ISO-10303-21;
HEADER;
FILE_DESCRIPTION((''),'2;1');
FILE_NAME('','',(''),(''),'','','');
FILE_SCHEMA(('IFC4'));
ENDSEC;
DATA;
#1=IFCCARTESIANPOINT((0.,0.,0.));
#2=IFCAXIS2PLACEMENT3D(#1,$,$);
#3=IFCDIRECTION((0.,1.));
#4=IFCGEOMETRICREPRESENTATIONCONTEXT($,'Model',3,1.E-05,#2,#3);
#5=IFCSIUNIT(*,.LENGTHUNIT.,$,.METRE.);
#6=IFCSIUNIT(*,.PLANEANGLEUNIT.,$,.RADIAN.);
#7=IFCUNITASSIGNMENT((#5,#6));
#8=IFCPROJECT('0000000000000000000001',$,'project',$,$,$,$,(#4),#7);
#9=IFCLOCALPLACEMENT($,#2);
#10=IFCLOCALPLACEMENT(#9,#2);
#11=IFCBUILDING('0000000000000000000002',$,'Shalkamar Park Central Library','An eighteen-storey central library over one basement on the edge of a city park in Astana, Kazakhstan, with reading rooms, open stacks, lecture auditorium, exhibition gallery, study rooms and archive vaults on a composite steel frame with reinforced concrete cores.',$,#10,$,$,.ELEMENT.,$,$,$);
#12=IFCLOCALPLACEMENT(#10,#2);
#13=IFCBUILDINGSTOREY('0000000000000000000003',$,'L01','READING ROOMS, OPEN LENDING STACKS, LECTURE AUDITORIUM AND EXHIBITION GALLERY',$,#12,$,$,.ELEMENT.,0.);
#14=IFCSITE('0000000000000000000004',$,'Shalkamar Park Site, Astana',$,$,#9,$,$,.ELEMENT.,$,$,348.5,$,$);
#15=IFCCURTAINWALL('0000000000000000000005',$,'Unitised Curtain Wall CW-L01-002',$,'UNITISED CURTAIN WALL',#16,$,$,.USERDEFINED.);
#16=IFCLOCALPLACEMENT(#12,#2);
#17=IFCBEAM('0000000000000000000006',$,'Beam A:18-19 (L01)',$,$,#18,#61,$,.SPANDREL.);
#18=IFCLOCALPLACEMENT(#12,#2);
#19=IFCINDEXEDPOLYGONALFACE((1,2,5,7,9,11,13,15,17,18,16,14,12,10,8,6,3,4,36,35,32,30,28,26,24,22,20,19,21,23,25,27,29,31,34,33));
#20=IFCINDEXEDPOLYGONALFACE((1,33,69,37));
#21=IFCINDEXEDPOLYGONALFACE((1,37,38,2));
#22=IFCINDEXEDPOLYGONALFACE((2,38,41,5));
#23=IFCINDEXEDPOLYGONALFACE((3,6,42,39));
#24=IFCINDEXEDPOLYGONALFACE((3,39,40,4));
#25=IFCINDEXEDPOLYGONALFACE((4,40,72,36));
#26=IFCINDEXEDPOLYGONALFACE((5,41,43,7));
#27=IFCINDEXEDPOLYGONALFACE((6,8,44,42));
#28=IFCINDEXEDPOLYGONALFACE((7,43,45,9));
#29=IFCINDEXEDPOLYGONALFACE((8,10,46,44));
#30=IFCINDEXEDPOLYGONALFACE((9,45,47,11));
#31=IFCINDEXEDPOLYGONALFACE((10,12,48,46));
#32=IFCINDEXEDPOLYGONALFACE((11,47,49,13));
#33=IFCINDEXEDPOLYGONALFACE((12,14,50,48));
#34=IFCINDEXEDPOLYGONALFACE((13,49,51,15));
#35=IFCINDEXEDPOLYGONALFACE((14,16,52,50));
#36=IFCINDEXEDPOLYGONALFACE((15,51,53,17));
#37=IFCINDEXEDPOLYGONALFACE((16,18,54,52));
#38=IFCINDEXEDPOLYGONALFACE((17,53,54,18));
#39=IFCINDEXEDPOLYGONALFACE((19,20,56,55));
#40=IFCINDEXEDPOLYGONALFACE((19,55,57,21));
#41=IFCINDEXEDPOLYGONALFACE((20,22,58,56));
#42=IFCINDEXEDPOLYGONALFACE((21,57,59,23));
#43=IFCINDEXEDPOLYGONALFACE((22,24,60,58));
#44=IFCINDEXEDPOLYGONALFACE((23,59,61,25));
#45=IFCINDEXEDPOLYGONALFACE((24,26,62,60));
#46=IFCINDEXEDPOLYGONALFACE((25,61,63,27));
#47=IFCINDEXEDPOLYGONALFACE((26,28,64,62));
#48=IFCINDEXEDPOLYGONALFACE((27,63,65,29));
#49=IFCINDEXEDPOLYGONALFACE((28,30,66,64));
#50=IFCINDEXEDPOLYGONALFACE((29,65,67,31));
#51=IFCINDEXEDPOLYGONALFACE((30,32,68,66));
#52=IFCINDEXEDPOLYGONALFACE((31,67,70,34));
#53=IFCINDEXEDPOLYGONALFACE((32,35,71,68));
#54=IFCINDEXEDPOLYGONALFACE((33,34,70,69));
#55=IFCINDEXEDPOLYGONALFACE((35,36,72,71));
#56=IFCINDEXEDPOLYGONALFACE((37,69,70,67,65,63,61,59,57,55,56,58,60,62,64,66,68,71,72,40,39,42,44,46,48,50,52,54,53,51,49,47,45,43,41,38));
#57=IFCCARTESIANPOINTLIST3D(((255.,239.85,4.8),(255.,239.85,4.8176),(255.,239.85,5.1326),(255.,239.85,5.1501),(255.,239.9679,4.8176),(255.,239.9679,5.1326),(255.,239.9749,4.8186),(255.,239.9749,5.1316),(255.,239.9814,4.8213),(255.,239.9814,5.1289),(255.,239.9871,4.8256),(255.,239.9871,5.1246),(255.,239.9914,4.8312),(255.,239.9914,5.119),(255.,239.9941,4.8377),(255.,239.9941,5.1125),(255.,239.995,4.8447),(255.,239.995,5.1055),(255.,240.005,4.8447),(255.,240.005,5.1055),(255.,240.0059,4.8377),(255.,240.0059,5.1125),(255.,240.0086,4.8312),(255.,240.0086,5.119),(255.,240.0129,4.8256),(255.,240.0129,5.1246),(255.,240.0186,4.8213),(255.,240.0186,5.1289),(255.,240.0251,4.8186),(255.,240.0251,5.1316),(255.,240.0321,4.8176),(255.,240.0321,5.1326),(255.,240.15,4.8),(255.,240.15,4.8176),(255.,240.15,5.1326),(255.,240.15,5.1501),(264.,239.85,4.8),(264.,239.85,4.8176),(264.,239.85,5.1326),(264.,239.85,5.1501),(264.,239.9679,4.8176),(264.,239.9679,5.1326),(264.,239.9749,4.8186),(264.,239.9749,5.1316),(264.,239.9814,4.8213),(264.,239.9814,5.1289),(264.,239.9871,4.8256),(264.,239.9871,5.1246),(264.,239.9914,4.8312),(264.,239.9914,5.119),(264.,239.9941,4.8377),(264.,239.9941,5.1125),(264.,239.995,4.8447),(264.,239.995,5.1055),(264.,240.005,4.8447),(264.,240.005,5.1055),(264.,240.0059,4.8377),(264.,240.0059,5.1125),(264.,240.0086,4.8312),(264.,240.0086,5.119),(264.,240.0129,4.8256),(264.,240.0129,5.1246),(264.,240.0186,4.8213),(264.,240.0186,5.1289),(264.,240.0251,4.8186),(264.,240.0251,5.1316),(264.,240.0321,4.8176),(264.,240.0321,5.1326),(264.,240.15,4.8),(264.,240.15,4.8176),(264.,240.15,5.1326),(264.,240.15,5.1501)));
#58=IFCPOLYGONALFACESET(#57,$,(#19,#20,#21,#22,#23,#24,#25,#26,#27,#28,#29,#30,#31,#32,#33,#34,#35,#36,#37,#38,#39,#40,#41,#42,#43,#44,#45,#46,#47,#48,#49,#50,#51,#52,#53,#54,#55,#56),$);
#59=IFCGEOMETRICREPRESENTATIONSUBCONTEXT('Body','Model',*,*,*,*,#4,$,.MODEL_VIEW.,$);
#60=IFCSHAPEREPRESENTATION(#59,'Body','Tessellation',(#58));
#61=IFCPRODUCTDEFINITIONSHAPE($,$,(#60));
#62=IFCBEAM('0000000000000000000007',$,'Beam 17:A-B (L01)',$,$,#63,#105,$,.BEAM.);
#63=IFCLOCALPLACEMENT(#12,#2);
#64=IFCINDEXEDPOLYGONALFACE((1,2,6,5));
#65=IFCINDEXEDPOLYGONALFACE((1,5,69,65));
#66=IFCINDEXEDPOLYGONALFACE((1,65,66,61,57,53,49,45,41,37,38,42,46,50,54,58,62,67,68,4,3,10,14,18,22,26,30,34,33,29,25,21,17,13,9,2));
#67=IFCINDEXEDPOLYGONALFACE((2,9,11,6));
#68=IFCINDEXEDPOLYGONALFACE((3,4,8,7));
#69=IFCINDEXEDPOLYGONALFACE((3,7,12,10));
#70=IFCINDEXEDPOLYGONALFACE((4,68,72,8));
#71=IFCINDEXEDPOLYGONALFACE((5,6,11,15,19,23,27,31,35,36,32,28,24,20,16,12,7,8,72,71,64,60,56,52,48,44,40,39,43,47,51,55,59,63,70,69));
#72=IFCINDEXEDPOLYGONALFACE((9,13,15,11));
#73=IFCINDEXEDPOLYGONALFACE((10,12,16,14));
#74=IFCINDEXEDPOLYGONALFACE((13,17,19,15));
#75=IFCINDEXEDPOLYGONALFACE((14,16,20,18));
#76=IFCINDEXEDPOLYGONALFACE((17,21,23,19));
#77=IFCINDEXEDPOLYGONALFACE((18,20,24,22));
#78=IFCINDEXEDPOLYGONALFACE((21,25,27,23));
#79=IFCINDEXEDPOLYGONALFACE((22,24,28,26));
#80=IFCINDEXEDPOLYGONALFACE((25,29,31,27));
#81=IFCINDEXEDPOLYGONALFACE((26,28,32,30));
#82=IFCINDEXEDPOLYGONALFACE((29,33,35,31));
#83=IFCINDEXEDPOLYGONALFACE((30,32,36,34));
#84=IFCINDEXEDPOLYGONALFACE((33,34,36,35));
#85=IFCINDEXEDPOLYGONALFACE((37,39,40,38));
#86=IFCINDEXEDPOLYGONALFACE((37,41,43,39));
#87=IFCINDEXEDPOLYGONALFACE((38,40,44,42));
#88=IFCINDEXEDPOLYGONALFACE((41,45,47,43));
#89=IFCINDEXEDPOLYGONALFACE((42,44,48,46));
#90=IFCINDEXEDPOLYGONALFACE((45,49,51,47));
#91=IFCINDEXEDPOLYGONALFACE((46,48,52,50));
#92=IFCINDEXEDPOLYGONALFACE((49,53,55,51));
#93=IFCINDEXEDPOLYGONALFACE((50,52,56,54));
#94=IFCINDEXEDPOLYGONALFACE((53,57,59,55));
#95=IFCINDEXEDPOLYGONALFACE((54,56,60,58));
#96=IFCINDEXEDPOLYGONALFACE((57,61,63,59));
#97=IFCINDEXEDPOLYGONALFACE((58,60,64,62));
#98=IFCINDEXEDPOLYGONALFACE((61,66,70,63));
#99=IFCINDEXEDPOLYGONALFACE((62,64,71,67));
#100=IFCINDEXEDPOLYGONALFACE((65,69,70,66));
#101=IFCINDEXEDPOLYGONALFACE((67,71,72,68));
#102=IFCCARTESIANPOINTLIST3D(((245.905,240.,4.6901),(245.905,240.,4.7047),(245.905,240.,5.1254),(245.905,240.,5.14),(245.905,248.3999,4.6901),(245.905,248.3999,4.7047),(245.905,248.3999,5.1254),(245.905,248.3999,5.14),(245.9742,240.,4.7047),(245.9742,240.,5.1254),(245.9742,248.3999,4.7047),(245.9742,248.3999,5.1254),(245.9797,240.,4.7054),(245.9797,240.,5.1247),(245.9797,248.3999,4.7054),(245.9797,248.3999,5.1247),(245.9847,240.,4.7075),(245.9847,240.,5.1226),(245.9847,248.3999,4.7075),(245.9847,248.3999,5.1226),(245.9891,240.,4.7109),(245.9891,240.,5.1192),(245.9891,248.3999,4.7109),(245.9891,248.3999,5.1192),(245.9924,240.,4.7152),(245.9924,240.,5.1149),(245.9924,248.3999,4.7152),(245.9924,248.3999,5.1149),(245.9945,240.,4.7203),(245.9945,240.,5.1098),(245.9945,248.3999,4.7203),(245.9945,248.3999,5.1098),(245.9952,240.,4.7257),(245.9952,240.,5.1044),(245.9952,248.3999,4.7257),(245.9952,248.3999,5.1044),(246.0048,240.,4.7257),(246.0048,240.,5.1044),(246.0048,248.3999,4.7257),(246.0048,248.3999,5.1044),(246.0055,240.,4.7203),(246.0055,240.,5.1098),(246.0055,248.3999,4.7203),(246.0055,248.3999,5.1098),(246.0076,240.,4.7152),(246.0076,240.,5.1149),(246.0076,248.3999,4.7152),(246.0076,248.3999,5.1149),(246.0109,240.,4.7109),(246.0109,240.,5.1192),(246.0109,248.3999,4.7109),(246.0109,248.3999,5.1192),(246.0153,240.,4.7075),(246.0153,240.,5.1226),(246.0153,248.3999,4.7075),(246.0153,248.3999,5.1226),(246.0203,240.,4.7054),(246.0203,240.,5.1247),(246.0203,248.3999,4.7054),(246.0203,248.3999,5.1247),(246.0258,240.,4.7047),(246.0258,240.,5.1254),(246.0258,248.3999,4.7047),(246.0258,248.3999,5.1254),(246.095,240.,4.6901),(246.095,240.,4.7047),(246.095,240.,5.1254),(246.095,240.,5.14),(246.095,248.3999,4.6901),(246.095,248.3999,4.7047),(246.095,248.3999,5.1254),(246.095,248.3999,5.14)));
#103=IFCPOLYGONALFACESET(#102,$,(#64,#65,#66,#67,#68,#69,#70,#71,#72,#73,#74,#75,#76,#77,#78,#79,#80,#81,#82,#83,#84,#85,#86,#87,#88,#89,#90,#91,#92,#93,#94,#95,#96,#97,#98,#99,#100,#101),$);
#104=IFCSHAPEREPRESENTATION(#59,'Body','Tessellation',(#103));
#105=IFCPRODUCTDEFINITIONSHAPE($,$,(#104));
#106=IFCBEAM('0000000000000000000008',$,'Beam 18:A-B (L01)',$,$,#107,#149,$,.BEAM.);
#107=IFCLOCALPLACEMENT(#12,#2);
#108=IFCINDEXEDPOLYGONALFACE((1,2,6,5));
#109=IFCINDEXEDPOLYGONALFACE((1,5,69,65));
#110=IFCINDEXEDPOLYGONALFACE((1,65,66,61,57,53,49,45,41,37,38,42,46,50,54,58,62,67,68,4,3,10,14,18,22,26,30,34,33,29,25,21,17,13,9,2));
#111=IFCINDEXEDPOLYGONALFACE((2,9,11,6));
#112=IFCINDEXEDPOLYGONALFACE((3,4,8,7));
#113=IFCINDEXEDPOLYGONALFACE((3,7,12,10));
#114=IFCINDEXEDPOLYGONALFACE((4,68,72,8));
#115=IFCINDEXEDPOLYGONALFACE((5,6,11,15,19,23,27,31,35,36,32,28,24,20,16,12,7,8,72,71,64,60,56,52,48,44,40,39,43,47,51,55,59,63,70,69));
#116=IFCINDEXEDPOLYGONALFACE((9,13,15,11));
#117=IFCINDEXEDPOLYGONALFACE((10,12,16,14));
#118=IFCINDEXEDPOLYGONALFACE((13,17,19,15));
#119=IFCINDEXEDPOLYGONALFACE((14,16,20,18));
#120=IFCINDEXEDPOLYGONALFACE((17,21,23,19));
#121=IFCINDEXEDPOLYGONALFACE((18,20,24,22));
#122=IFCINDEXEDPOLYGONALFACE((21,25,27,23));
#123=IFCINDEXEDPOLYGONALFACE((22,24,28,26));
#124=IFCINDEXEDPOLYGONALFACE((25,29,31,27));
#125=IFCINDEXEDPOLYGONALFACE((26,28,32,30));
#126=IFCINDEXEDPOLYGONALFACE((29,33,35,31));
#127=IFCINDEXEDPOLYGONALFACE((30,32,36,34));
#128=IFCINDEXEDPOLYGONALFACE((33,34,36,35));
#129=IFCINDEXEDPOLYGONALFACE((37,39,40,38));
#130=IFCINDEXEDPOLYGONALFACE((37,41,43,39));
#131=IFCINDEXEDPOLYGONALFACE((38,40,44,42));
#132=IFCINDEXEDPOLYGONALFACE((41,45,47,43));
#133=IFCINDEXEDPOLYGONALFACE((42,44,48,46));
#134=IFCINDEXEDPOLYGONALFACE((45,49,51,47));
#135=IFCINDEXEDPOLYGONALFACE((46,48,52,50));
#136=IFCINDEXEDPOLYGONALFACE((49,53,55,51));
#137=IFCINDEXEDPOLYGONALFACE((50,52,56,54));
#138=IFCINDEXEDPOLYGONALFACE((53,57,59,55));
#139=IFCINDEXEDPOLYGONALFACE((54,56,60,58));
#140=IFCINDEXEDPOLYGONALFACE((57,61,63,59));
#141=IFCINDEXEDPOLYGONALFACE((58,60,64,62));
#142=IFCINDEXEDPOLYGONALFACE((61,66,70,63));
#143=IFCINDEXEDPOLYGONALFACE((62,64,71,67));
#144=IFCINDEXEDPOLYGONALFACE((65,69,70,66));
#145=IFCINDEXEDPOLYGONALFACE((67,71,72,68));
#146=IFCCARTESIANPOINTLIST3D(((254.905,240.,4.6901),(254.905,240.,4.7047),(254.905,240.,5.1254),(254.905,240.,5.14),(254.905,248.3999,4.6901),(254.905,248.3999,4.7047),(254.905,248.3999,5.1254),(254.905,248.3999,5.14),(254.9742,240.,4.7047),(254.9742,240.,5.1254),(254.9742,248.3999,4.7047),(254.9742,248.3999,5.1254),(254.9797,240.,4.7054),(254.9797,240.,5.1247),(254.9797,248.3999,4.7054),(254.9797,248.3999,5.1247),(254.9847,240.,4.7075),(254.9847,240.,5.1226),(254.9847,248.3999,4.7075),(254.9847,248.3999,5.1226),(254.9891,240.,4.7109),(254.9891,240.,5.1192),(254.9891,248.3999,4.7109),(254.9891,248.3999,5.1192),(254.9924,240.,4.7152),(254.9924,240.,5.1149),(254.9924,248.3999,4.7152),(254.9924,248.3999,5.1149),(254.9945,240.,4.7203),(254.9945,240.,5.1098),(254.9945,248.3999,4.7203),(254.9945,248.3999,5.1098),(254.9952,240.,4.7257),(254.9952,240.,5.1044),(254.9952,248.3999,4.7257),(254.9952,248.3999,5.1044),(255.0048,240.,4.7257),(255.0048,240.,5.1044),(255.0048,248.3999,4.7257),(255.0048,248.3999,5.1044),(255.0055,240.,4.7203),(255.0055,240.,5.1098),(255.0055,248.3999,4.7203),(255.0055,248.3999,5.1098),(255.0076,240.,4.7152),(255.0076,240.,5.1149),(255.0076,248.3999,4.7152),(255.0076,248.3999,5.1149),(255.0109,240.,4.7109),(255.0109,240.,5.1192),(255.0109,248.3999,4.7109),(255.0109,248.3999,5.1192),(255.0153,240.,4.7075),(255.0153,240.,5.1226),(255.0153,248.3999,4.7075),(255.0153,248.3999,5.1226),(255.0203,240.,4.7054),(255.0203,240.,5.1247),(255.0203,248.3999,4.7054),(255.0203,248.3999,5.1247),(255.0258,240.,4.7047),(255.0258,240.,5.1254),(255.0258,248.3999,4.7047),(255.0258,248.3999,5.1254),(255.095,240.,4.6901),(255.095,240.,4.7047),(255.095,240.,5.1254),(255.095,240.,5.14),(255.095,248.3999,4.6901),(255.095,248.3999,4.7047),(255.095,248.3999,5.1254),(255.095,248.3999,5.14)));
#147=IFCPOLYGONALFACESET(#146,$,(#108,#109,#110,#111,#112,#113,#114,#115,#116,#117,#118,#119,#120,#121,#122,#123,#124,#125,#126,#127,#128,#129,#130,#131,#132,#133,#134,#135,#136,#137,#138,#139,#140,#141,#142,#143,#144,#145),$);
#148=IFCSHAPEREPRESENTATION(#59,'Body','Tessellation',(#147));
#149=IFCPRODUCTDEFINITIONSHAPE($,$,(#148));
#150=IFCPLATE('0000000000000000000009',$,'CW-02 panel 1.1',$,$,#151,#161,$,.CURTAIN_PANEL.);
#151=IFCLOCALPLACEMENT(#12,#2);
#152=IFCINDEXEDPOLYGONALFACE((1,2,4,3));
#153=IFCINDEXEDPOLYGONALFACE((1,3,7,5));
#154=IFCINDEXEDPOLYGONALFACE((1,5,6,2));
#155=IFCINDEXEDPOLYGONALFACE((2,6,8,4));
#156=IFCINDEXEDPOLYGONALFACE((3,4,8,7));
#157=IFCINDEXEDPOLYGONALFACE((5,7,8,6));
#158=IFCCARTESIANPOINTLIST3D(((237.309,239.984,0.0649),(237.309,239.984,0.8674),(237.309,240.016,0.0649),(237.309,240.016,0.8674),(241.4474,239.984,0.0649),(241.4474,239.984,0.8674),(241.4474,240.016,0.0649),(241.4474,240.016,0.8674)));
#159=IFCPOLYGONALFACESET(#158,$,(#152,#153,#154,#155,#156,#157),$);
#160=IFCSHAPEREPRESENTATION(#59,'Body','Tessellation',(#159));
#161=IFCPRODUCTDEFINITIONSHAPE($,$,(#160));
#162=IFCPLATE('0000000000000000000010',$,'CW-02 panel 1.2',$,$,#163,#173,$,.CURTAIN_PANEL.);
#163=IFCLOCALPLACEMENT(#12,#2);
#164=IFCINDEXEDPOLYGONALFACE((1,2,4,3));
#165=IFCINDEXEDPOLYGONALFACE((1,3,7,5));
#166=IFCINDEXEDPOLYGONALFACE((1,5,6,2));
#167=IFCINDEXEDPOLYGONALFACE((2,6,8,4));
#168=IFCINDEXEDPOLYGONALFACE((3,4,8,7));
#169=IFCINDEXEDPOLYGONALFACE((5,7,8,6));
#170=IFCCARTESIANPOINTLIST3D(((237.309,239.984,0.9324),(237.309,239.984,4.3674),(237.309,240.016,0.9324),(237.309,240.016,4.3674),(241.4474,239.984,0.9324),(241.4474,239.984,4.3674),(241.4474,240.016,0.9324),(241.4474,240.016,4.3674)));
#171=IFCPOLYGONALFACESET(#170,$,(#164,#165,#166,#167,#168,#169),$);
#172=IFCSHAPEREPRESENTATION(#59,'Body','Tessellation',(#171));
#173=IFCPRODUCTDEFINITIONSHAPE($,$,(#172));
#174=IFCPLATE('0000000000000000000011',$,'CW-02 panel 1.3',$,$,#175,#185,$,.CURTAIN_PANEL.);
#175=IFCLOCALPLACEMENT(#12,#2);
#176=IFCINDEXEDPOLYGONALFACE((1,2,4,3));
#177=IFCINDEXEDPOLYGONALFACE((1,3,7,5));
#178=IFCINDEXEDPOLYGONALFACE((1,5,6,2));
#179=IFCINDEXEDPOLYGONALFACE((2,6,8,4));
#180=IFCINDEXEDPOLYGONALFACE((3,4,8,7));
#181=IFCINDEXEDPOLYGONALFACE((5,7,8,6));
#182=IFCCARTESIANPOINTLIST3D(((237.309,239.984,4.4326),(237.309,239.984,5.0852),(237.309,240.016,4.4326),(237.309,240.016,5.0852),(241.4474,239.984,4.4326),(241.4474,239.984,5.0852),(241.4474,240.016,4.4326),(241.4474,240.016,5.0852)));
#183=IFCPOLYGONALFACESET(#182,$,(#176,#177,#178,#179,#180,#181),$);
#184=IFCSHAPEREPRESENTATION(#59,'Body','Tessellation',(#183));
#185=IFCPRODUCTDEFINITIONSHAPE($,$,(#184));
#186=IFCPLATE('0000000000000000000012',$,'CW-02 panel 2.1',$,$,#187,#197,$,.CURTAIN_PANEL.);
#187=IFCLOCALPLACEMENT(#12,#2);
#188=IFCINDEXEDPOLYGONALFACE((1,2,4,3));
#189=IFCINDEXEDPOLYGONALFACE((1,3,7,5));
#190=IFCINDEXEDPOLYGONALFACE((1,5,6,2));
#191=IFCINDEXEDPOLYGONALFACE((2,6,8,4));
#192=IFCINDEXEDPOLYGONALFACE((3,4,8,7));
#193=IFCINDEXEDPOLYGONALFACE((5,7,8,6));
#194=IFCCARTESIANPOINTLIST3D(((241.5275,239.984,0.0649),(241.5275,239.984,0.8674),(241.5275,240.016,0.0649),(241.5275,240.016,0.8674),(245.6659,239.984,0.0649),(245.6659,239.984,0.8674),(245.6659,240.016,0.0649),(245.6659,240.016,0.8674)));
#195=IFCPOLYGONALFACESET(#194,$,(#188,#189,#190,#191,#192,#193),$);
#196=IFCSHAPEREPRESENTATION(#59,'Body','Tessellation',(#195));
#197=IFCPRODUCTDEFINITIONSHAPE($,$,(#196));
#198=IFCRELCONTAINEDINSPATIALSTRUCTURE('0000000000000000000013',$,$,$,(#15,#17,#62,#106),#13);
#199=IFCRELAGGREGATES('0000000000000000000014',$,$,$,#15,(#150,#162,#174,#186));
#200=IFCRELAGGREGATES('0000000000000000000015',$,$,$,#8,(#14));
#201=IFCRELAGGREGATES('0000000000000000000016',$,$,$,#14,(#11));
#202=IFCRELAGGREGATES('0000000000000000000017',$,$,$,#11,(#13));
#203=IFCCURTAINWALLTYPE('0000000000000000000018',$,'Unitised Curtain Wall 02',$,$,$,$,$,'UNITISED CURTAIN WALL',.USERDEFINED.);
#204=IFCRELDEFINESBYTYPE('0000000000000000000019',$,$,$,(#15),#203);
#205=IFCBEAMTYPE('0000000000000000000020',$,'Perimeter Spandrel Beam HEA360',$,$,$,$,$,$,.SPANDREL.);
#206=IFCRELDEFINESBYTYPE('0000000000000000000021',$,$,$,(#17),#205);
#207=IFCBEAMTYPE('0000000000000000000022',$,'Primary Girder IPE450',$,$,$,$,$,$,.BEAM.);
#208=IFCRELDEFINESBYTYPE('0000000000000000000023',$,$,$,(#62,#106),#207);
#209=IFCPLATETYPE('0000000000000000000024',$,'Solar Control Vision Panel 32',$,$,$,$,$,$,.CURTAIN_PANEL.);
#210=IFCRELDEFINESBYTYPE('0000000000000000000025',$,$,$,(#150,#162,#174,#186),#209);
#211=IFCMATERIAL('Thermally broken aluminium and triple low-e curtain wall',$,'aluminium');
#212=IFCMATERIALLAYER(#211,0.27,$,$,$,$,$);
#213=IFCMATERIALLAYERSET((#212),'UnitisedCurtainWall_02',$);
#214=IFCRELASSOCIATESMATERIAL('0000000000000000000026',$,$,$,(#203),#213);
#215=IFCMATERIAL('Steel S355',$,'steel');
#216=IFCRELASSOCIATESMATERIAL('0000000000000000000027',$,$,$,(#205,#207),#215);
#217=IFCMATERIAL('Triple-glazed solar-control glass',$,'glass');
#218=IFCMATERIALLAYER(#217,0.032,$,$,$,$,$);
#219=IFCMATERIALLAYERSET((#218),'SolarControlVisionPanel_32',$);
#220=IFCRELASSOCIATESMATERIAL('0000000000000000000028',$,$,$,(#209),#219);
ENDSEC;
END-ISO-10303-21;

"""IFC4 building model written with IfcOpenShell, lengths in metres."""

from ifc_helpers import new_model, si_unit, direction, frame, origin, origin_2d, place, context, subcontext, project, spatial, rectangle, i_section, extrude, material, layer, layer_set, material_profile, profile_set, type_object, element, aggregate, save


model = new_model("IFC4")

# Units and contexts
model_context = context("Model", 3, precision=1e-05, world=origin(), true_north=direction((0.0, 1.0)))
body_context = subcontext(model_context, "Body", "Model", "MODEL_VIEW")
ifc_project = project(units=[si_unit("LENGTHUNIT", "METRE"), si_unit("PLANEANGLEUNIT", "RADIAN")], contexts=[model_context])

# Site, building, storey
site_placement = place(None, origin())
site = spatial("IfcSite", under=ifc_project, at=site_placement, Name="Shalkamar Park Site, Astana", CompositionType="ELEMENT", RefElevation=348.5)
building_placement = place(site_placement, origin())
building = spatial("IfcBuilding", under=site, at=building_placement, Name="Shalkamar Park Central Library", Description="An eighteen-storey central library over one basement on the edge of a city park in Astana, Kazakhstan, with reading rooms, open stacks, lecture auditorium, exhibition gallery, study rooms and archive vaults on a composite steel frame with reinforced concrete cores.", CompositionType="ELEMENT")
storey_placement = place(building_placement, origin())
storey = spatial("IfcBuildingStorey", under=building, at=storey_placement, Name="L01", Description="READING ROOMS, OPEN LENDING STACKS, LECTURE AUDITORIUM AND EXHIBITION GALLERY", CompositionType="ELEMENT", Elevation=0.0)

# Shared definitions
ifc_material_1 = material(Name="Steel S355", Category="steel")

# Curtain wall
ifc_material_2 = material(Name="Thermally broken aluminium and triple low-e curtain wall", Category="aluminium")
ifc_layer_1 = layer(ifc_material_2, 0.27)
ifc_layer_set_1 = layer_set([ifc_layer_1], Name="UnitisedCurtainWall_02")
curtain_wall_type_1 = type_object("IfcCurtainWallType", Name="Unitised Curtain Wall 02", ElementType="UNITISED CURTAIN WALL", PredefinedType="USERDEFINED", material=ifc_layer_set_1)
curtain_wall_1_placement = place(storey_placement, origin())
curtain_wall_1 = element("IfcCurtainWall", 1, at=curtain_wall_1_placement, inside=storey, type_object=curtain_wall_type_1, Name="Unitised Curtain Wall CW-L01-002", ObjectType="UNITISED CURTAIN WALL", PredefinedType="USERDEFINED")

# Beams
ifc_material_profile_1 = material_profile(ifc_material_1, i_section(OverallWidth=0.3, OverallDepth=0.3501, WebThickness=0.01, FlangeThickness=0.0176, FilletRadius=0.0271, at=origin_2d()), Name="HEA 360")
ifc_profile_set_1 = profile_set([ifc_material_profile_1], Name="Steel S355")
beam_type_1 = type_object("IfcBeamType", Name="Perimeter Spandrel Beam HEA360", PredefinedType="SPANDREL", material=ifc_profile_set_1)
for number, where, z_axis, x_axis, name in (
    (2, (255.0, 240.0, 4.9751), (1.0, 0.0, 0.0), (0.0, 1.0, 0.0), "Beam A:18-19 (L01)"),
):
    element("IfcBeam", number, at=place(storey_placement, frame(where, z_axis=z_axis, x_axis=x_axis)), inside=storey, type_object=beam_type_1, Name=name, PredefinedType="SPANDREL", context=body_context, shape_type="SweptSolid", body=[
        extrude(i_section(OverallWidth=0.3, OverallDepth=0.3501, WebThickness=0.01, FlangeThickness=0.0176, FilletRadius=0.0271, at=origin_2d()), origin(), (0.0, 0.0, 1.0), 9.0),
    ])
ifc_material_profile_2 = material_profile(ifc_material_1, i_section(OverallWidth=0.1899, OverallDepth=0.45, WebThickness=0.0095, FlangeThickness=0.0146, FilletRadius=0.021, at=origin_2d()), Name="IPE 450")
ifc_profile_set_2 = profile_set([ifc_material_profile_2], Name="Steel S355")
beam_type_2 = type_object("IfcBeamType", Name="Primary Girder IPE450", PredefinedType="BEAM", material=ifc_profile_set_2)
for number, where, z_axis, x_axis, name in (
    (3, (246.0, 240.0, 4.915), (0.0, 1.0, 0.0), (-1.0, 0.0, 0.0), "Beam 17:A-B (L01)"),
    (4, (255.0, 240.0, 4.915), (0.0, 1.0, 0.0), (-1.0, 0.0, 0.0), "Beam 18:A-B (L01)"),
):
    element("IfcBeam", number, at=place(storey_placement, frame(where, z_axis=z_axis, x_axis=x_axis)), inside=storey, type_object=beam_type_2, Name=name, PredefinedType="BEAM", context=body_context, shape_type="SweptSolid", body=[
        extrude(i_section(OverallWidth=0.1899, OverallDepth=0.45, WebThickness=0.0095, FlangeThickness=0.0146, FilletRadius=0.021, at=origin_2d()), origin(), (0.0, 0.0, 1.0), 8.3999),
    ])

# Plates
ifc_material_3 = material(Name="Triple-glazed solar-control glass", Category="glass")
ifc_layer_2 = layer(ifc_material_3, 0.032)
ifc_layer_set_2 = layer_set([ifc_layer_2], Name="SolarControlVisionPanel_32")
plate_type_1 = type_object("IfcPlateType", Name="Solar Control Vision Panel 32", PredefinedType="CURTAIN_PANEL", material=ifc_layer_set_2)
plate_1_placement = place(storey_placement, frame((239.3782, 240.0, 0.0649), z_axis=(0.0, 0.0, 1.0), x_axis=(1.0, 0.0, 0.0)))
plate_1 = element("IfcPlate", 5, at=plate_1_placement, type_object=plate_type_1, Name="CW-02 panel 1.1", PredefinedType="CURTAIN_PANEL", context=body_context, shape_type="SweptSolid", body=[
    extrude(rectangle(XDim=4.1384, YDim=0.032, at=origin_2d()), origin(), (0.0, 0.0, 1.0), 0.8025),
])
plate_2_placement = place(storey_placement, frame((239.3782, 240.0, 0.9324), z_axis=(0.0, 0.0, 1.0), x_axis=(1.0, 0.0, 0.0)))
plate_2 = element("IfcPlate", 6, at=plate_2_placement, type_object=plate_type_1, Name="CW-02 panel 1.2", PredefinedType="CURTAIN_PANEL", context=body_context, shape_type="SweptSolid", body=[
    extrude(rectangle(XDim=4.1384, YDim=0.032, at=origin_2d()), origin(), (0.0, 0.0, 1.0), 3.4351),
])
plate_3_placement = place(storey_placement, frame((239.3782, 240.0, 4.4326), z_axis=(0.0, 0.0, 1.0), x_axis=(1.0, 0.0, 0.0)))
plate_3 = element("IfcPlate", 7, at=plate_3_placement, type_object=plate_type_1, Name="CW-02 panel 1.3", PredefinedType="CURTAIN_PANEL", context=body_context, shape_type="SweptSolid", body=[
    extrude(rectangle(XDim=4.1384, YDim=0.032, at=origin_2d()), origin(), (0.0, 0.0, 1.0), 0.6526),
])
plate_4_placement = place(storey_placement, frame((243.5967, 240.0, 0.0649), z_axis=(0.0, 0.0, 1.0), x_axis=(1.0, 0.0, 0.0)))
plate_4 = element("IfcPlate", 8, at=plate_4_placement, type_object=plate_type_1, Name="CW-02 panel 2.1", PredefinedType="CURTAIN_PANEL", context=body_context, shape_type="SweptSolid", body=[
    extrude(rectangle(XDim=4.1384, YDim=0.032, at=origin_2d()), origin(), (0.0, 0.0, 1.0), 0.8025),
])
aggregate(curtain_wall_1, [plate_1, plate_2, plate_3, plate_4])

save(model, "model.ifc")
